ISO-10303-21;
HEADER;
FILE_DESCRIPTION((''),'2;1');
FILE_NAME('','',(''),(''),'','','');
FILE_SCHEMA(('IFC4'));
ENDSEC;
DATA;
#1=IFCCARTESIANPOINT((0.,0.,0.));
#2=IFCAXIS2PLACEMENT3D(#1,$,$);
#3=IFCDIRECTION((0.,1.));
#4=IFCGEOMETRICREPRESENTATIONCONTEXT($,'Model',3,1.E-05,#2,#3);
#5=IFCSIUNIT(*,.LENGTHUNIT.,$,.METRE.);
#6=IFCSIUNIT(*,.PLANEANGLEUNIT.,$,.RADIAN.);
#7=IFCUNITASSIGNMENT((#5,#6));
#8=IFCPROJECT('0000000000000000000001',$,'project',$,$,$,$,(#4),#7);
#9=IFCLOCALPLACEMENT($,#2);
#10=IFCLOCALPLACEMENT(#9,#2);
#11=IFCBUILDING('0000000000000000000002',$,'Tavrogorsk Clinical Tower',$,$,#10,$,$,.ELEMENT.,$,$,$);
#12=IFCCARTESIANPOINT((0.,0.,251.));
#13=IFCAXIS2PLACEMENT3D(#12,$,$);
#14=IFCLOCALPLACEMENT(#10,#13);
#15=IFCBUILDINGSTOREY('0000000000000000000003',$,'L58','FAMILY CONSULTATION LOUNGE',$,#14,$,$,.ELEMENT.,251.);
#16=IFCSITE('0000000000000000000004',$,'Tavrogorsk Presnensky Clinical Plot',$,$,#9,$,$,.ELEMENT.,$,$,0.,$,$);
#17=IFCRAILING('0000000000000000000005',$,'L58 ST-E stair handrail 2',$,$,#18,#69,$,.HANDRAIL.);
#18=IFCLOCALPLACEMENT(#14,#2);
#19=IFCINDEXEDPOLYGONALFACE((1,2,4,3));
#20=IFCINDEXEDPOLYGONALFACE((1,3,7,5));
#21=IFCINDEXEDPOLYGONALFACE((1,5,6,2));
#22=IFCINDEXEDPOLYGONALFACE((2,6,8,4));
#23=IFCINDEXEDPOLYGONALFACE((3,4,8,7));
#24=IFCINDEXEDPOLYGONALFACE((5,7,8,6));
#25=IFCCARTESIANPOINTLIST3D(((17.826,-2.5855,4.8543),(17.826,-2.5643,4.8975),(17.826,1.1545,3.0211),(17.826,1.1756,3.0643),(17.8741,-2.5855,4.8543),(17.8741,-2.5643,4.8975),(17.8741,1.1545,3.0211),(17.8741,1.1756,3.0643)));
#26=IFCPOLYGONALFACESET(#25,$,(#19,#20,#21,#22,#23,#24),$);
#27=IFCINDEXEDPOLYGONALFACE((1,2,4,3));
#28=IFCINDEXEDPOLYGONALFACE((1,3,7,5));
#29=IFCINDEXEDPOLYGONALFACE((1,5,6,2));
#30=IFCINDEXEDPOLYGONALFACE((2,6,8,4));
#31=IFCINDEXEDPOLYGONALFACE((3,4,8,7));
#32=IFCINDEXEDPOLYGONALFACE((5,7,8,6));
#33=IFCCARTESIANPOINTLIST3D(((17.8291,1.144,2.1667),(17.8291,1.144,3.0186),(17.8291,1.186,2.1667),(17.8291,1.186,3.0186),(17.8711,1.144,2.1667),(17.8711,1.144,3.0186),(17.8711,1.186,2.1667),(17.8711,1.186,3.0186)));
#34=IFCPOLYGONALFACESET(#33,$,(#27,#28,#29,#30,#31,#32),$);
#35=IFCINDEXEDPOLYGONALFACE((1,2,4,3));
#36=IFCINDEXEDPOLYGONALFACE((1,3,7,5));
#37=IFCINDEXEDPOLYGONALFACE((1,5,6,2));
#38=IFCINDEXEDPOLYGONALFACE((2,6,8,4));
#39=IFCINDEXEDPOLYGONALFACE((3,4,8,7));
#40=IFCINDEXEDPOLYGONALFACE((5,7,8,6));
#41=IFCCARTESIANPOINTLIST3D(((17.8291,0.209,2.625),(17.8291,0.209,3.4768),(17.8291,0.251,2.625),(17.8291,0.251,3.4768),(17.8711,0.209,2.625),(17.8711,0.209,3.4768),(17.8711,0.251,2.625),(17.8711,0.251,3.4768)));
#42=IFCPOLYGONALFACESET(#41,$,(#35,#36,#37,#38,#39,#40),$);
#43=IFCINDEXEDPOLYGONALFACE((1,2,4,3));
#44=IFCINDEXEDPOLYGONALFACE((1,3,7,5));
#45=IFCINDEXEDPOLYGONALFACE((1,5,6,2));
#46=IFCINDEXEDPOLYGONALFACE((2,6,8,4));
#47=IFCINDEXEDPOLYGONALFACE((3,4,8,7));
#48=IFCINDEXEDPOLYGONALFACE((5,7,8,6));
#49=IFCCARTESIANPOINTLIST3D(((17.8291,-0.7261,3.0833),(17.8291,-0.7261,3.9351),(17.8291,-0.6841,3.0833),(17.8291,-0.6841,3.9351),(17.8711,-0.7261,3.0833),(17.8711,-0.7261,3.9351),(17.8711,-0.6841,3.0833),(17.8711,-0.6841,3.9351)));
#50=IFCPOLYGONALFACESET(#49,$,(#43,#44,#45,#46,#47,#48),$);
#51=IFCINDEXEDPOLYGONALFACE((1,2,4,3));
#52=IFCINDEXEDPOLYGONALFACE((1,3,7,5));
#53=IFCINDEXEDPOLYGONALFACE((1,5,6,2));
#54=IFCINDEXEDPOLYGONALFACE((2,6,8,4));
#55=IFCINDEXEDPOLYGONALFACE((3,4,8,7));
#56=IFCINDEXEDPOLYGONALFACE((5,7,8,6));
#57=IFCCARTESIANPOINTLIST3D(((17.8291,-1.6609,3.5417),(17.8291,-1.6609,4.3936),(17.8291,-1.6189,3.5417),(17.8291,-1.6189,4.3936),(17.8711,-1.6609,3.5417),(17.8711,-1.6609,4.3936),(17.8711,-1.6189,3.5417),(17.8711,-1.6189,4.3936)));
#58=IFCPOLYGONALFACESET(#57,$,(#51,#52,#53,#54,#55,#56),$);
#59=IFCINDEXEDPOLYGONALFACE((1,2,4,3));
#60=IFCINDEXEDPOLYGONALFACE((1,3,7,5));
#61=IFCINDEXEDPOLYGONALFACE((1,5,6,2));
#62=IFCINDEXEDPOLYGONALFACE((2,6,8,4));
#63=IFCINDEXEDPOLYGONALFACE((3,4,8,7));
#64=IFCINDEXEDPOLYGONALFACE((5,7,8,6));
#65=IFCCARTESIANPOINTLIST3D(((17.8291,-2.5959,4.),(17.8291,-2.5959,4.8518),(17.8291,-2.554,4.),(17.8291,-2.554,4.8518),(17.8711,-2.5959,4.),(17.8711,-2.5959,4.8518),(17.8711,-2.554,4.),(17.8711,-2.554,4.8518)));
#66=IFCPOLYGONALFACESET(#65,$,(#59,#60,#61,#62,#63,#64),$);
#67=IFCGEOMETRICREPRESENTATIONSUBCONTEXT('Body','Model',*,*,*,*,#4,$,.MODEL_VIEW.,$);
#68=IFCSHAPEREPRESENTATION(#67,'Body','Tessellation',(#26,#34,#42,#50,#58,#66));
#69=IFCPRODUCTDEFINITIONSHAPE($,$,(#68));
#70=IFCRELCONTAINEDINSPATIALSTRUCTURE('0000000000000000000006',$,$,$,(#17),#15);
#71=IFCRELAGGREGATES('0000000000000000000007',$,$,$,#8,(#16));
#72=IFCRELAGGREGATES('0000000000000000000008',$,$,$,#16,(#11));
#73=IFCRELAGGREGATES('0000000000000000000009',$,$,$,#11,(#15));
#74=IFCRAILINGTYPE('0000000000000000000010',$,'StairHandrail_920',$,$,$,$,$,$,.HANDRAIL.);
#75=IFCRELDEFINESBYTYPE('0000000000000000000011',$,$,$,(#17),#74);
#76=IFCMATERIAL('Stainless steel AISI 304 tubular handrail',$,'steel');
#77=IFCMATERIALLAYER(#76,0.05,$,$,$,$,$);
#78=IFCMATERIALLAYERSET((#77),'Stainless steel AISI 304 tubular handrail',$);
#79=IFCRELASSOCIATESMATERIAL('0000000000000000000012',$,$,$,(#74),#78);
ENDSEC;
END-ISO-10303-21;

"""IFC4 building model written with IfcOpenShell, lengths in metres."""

from ifc_helpers import new_model, si_unit, direction, frame, origin, origin_2d, place, context, subcontext, project, spatial, rectangle, extrude, material, layer, layer_set, type_object, element, save


model = new_model("IFC4")

# Units and contexts
model_context = context("Model", 3, precision=1e-05, world=origin(), true_north=direction((0.0, 1.0)))
body_context = subcontext(model_context, "Body", "Model", "MODEL_VIEW")
ifc_project = project(units=[si_unit("LENGTHUNIT", "METRE"), si_unit("PLANEANGLEUNIT", "RADIAN")], contexts=[model_context])

# Site, building, storey
site_placement = place(None, origin())
site = spatial("IfcSite", under=ifc_project, at=site_placement, Name="Tavrogorsk Presnensky Clinical Plot", CompositionType="ELEMENT", RefElevation=0.0)
building_placement = place(site_placement, origin())
building = spatial("IfcBuilding", under=site, at=building_placement, Name="Tavrogorsk Clinical Tower", CompositionType="ELEMENT")
storey_placement = place(building_placement, frame((0.0, 0.0, 251.0)))
storey = spatial("IfcBuildingStorey", under=building, at=storey_placement, Name="L58", Description="FAMILY CONSULTATION LOUNGE", CompositionType="ELEMENT", Elevation=251.0)

# Railing
ifc_material_1 = material(Name="Stainless steel AISI 304 tubular handrail", Category="steel")
ifc_layer_1 = layer(ifc_material_1, 0.05)
ifc_layer_set_1 = layer_set([ifc_layer_1], Name="Stainless steel AISI 304 tubular handrail")
railing_type_1 = type_object("IfcRailingType", Name="StairHandrail_920", PredefinedType="HANDRAIL", material=ifc_layer_set_1)
railing_1_placement = place(storey_placement, frame((17.8501, 1.165, 2.1667)))
element("IfcRailing", 1, at=railing_1_placement, inside=storey, type_object=railing_type_1, Name="L58 ST-E stair handrail 2", PredefinedType="HANDRAIL", context=body_context, shape_type="SweptSolid", body=[
    extrude(rectangle(XDim=0.0481, YDim=0.0481, at=origin_2d()), frame((0.0, 0.0, 0.876), z_axis=(0.0, -0.897928, 0.440142), x_axis=(1.0, 0.0, 0.0)), (0.0, 0.0, 1.0), 4.165),
    extrude(rectangle(XDim=0.042, YDim=0.042, at=origin_2d()), origin(), (0.0, 0.0, 1.0), 0.8518),
    extrude(rectangle(XDim=0.042, YDim=0.042, at=origin_2d()), frame((0.0, -0.9351, 0.4583)), (0.0, 0.0, 1.0), 0.8518),
    extrude(rectangle(XDim=0.042, YDim=0.042, at=origin_2d()), frame((0.0, -1.8701, 0.9165)), (0.0, 0.0, 1.0), 0.8518),
    extrude(rectangle(XDim=0.042, YDim=0.042, at=origin_2d()), frame((0.0, -2.8049, 1.375)), (0.0, 0.0, 1.0), 0.8518),
    extrude(rectangle(XDim=0.042, YDim=0.042, at=origin_2d()), frame((0.0, -3.74, 1.8333)), (0.0, 0.0, 1.0), 0.8518),
])

save(model, "model.ifc")
